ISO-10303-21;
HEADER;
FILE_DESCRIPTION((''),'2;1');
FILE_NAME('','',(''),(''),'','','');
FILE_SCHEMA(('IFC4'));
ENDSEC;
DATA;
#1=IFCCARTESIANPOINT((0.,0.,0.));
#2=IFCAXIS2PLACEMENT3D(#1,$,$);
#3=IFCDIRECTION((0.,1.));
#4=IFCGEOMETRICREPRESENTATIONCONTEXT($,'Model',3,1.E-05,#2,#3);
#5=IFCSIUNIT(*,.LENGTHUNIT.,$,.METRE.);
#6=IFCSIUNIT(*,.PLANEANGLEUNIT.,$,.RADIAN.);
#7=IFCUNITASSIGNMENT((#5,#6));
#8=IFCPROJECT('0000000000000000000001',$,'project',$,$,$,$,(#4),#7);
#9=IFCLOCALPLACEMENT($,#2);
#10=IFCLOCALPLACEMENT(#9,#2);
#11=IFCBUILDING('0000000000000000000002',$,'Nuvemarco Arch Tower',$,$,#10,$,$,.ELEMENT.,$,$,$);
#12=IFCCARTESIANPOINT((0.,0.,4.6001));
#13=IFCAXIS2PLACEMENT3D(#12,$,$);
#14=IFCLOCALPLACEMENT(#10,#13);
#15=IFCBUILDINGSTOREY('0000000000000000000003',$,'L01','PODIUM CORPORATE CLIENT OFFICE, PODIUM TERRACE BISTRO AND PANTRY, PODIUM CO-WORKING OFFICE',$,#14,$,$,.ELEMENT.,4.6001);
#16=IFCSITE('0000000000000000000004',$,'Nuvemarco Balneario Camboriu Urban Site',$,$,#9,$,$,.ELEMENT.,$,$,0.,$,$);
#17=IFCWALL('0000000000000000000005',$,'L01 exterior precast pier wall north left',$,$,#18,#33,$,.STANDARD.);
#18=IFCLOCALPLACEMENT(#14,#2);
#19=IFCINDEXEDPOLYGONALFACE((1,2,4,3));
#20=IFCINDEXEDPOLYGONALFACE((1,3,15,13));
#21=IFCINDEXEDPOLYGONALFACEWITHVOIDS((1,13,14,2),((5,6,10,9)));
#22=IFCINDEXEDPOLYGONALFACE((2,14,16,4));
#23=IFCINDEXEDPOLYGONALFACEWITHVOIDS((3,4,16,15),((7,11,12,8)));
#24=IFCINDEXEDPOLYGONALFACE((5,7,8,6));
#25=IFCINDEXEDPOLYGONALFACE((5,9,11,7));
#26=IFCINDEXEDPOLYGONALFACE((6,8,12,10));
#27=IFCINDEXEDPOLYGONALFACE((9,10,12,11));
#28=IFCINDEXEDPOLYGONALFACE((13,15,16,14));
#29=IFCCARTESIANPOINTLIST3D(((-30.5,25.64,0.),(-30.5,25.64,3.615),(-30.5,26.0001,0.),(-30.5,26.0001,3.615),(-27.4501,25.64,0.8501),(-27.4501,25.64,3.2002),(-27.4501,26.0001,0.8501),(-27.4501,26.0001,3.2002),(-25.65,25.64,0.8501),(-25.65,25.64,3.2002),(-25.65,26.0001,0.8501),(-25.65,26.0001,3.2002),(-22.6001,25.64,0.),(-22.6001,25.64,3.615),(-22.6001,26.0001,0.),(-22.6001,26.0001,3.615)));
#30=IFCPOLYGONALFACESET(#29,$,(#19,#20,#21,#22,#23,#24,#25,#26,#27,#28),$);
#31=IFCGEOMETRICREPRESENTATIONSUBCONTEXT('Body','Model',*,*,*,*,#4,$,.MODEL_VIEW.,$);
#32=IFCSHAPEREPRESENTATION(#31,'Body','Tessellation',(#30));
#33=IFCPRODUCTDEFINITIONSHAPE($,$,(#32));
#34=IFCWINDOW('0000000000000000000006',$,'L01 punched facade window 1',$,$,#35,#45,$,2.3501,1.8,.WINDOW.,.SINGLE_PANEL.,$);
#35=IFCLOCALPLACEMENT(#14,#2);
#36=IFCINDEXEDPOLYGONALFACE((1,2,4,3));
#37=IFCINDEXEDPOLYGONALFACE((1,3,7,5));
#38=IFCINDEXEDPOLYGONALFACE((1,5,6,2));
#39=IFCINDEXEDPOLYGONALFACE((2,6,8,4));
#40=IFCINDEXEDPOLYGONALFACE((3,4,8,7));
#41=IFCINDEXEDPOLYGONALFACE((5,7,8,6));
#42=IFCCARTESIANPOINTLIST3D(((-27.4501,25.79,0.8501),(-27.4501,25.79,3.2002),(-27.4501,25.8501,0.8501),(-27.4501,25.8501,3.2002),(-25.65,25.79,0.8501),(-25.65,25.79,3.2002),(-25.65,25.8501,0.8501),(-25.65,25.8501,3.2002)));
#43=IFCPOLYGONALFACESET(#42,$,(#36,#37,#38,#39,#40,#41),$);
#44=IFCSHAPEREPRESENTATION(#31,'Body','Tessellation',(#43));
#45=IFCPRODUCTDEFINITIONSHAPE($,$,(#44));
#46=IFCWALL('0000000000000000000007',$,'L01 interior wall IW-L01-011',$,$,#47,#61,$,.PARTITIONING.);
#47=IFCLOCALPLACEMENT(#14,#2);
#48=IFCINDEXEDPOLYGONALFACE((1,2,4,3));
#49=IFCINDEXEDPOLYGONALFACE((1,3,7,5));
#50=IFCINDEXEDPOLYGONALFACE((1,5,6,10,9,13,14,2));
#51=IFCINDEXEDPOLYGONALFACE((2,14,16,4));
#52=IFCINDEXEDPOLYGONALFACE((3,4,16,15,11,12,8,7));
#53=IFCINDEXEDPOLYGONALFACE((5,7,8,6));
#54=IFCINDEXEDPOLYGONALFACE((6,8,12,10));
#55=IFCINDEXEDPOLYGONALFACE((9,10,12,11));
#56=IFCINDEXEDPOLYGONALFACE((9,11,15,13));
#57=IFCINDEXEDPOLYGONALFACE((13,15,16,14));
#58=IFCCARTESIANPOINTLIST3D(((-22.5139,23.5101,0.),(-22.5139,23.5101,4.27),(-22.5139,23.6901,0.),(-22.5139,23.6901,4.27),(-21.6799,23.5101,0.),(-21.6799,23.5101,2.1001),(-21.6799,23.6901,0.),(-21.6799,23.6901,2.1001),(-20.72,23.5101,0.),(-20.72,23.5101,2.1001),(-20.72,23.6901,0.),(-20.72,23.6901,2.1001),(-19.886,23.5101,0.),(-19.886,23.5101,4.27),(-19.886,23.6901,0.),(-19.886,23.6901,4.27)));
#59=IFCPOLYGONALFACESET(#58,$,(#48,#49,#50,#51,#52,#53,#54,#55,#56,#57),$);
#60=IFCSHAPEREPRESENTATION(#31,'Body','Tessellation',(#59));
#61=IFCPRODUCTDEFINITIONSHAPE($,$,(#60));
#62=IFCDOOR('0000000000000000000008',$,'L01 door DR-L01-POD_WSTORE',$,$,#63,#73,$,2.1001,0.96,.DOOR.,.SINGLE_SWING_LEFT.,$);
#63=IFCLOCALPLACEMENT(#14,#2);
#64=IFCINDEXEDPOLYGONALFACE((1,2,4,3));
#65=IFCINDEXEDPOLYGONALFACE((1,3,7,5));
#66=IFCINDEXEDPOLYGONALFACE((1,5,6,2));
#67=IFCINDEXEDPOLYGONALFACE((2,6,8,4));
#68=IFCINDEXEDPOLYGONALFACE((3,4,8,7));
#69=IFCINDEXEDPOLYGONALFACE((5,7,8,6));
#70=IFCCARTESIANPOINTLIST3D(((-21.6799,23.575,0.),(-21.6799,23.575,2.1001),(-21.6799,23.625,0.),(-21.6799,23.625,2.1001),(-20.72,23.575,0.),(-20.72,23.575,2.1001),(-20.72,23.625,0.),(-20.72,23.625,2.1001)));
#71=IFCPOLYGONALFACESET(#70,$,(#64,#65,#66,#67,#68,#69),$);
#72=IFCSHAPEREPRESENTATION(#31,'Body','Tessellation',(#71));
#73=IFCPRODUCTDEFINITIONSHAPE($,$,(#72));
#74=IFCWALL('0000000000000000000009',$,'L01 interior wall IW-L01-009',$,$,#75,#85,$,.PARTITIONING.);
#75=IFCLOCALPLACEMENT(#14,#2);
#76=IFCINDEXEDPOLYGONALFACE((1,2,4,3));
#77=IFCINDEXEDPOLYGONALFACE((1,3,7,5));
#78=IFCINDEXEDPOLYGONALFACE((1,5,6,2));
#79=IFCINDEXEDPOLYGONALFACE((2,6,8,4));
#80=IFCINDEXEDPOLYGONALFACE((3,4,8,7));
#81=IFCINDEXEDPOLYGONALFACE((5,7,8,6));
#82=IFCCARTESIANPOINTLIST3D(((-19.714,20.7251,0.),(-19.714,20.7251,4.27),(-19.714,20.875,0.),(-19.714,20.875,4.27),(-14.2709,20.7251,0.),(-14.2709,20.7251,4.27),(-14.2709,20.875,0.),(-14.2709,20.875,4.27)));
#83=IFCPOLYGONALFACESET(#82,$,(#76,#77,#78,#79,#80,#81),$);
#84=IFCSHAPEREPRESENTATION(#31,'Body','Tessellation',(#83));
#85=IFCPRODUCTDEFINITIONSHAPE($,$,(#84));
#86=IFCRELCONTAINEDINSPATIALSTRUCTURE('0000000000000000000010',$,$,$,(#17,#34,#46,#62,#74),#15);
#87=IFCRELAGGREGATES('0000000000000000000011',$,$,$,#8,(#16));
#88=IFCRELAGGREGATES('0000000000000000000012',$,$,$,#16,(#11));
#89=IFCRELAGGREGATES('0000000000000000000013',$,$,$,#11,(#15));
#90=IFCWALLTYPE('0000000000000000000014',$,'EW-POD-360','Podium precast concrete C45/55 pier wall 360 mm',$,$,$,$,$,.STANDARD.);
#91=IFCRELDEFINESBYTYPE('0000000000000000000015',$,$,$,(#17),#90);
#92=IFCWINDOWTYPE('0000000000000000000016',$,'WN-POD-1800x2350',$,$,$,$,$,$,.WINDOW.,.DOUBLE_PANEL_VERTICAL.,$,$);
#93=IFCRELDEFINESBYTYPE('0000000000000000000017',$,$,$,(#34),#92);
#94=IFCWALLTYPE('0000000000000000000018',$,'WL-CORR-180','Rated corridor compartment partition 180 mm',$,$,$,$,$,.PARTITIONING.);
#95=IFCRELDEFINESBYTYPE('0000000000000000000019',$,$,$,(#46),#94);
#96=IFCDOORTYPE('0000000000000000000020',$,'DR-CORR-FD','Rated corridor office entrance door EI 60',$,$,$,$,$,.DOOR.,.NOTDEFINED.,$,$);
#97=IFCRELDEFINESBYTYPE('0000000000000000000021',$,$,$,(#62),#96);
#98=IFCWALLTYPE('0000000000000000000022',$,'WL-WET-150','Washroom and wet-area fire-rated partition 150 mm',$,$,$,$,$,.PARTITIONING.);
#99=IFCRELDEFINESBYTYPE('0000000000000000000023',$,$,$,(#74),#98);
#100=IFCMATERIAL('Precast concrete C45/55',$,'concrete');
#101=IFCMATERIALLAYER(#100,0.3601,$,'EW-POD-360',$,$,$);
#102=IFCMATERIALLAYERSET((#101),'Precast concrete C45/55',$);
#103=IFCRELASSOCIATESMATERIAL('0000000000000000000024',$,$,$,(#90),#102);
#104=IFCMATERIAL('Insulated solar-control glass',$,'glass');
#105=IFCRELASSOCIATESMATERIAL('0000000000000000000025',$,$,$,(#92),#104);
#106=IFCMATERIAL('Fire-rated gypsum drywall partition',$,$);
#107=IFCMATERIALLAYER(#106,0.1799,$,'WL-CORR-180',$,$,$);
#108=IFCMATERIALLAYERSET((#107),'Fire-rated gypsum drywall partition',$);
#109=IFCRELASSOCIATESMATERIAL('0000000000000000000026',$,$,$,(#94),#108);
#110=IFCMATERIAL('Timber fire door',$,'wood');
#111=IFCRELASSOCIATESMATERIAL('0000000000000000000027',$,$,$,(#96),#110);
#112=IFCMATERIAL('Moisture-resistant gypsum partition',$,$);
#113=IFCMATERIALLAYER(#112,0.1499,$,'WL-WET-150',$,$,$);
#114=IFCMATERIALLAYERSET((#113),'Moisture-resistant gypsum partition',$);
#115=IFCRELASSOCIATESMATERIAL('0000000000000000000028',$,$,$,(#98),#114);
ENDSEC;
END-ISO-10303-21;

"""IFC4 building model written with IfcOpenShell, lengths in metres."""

from ifc_helpers import new_model, si_unit, direction, frame, frame_2d, origin, place, context, subcontext, project, spatial, rectangle, extrude, source, transform, mapped, material, layer, layer_set, type_object, type_shapes, element, fill, save


model = new_model("IFC4")

# Units and contexts
model_context = context("Model", 3, precision=1e-05, world=origin(), true_north=direction((0.0, 1.0)))
body_context = subcontext(model_context, "Body", "Model", "MODEL_VIEW")
ifc_project = project(units=[si_unit("LENGTHUNIT", "METRE"), si_unit("PLANEANGLEUNIT", "RADIAN")], contexts=[model_context])

# Site, building, storey
site_placement = place(None, origin())
site = spatial("IfcSite", under=ifc_project, at=site_placement, Name="Nuvemarco Balneario Camboriu Urban Site", CompositionType="ELEMENT", RefElevation=0.0)
building_placement = place(site_placement, origin())
building = spatial("IfcBuilding", under=site, at=building_placement, Name="Nuvemarco Arch Tower", CompositionType="ELEMENT")
storey_placement = place(building_placement, frame((0.0, 0.0, 4.6001)))
storey = spatial("IfcBuildingStorey", under=building, at=storey_placement, Name="L01", Description="PODIUM CORPORATE CLIENT OFFICE, PODIUM TERRACE BISTRO AND PANTRY, PODIUM CO-WORKING OFFICE", CompositionType="ELEMENT", Elevation=4.6001)

# Shared definitions
ifc_material_1 = material(Name="Precast concrete C45/55", Category="concrete")

# Shared definitions
ifc_material_2 = material(Name="Insulated solar-control glass", Category="glass")

# Wall, opening, window
ifc_layer_1 = layer(ifc_material_1, 0.3601, Name="EW-POD-360")
ifc_layer_set_1 = layer_set([ifc_layer_1], Name="Precast concrete C45/55")
wall_type_1 = type_object("IfcWallType", Name="EW-POD-360", Description="Podium precast concrete C45/55 pier wall 360 mm", PredefinedType="STANDARD", material=ifc_layer_set_1)
wall_1_placement = place(storey_placement, frame((-30.5, 25.8201, 0.0), z_axis=(0.0, 0.0, 1.0), x_axis=(1.0, 0.0, 0.0)))
wall_1 = element("IfcWall", 1, at=wall_1_placement, inside=storey, type_object=wall_type_1, Name="L01 exterior precast pier wall north left", PredefinedType="STANDARD", context=body_context, shape_type="SweptSolid", body=[
    extrude(rectangle(XDim=7.8999, YDim=0.3601, at=frame_2d((3.95, 0.0))), origin(), (0.0, 0.0, 1.0), 3.615),
])
opening_1_placement = place(wall_1_placement, frame((3.05, 0.0, 0.8501)))
opening_1 = element("IfcOpeningElement", 2, at=opening_1_placement, cuts=wall_1, PredefinedType="OPENING", context=body_context, shape_type="SweptSolid", body=[
    extrude(rectangle(XDim=1.8, YDim=2.3501, at=frame_2d((0.8999, 1.175))), frame((0.0, 0.1899, 0.0), z_axis=(0.0, -1.0, 0.0), x_axis=(1.0, 0.0, 0.0)), (0.0, 0.0, 1.0), 0.3801),
])
window_type = type_object("IfcWindowType", Name="WN-POD-1800x2350", PartitioningType="DOUBLE_PANEL_VERTICAL", PredefinedType="WINDOW", material=ifc_material_2)
shared_shape_1 = source(origin(), body_context, "Body", "SweptSolid", [
    extrude(rectangle(XDim=1.8, YDim=2.3501, at=frame_2d((0.8999, 1.175))), frame((0.0, 0.03, 0.0), z_axis=(0.0, -1.0, 0.0), x_axis=(1.0, 0.0, 0.0)), (0.0, 0.0, 1.0), 0.0601),
])
type_shapes(window_type, [shared_shape_1])
window_placement = place(opening_1_placement, origin())
window = element("IfcWindow", 3, at=window_placement, inside=storey, type_object=window_type, Name="L01 punched facade window 1", OverallHeight=2.3501, OverallWidth=1.8, PartitioningType="SINGLE_PANEL", PredefinedType="WINDOW", context=body_context, shape_type="MappedRepresentation", body=[
    mapped(shared_shape_1, transform((0.0, 0.0, 0.0), scale=1.0)),
])
fill(opening_1, window)

# Wall, opening, door
ifc_material_3 = material(Name="Fire-rated gypsum drywall partition")
ifc_layer_2 = layer(ifc_material_3, 0.1799, Name="WL-CORR-180")
ifc_layer_set_2 = layer_set([ifc_layer_2], Name="Fire-rated gypsum drywall partition")
wall_type_2 = type_object("IfcWallType", Name="WL-CORR-180", Description="Rated corridor compartment partition 180 mm", PredefinedType="PARTITIONING", material=ifc_layer_set_2)
wall_2_placement = place(storey_placement, frame((-22.5139, 23.6001, 0.0), z_axis=(0.0, 0.0, 1.0), x_axis=(1.0, 0.0, 0.0)))
wall_2 = element("IfcWall", 4, at=wall_2_placement, inside=storey, type_object=wall_type_2, Name="L01 interior wall IW-L01-011", PredefinedType="PARTITIONING", context=body_context, shape_type="SweptSolid", body=[
    extrude(rectangle(XDim=2.6279, YDim=0.1799, at=frame_2d((1.314, 0.0))), origin(), (0.0, 0.0, 1.0), 4.27),
])
opening_2_placement = place(wall_2_placement, frame((0.834, 0.0, 0.0)))
opening_2 = element("IfcOpeningElement", 5, at=opening_2_placement, cuts=wall_2, PredefinedType="OPENING", context=body_context, shape_type="SweptSolid", body=[
    extrude(rectangle(XDim=0.96, YDim=2.1001, at=frame_2d((0.48, 1.05))), frame((0.0, 0.0999, 0.0), z_axis=(0.0, -1.0, 0.0), x_axis=(1.0, 0.0, 0.0)), (0.0, 0.0, 1.0), 0.2),
])
ifc_material_4 = material(Name="Timber fire door", Category="wood")
door_type = type_object("IfcDoorType", Name="DR-CORR-FD", Description="Rated corridor office entrance door EI 60", OperationType="NOTDEFINED", PredefinedType="DOOR", material=ifc_material_4)
shared_shape_2 = source(origin(), body_context, "Body", "SweptSolid", [
    extrude(rectangle(XDim=0.96, YDim=2.1001, at=frame_2d((0.48, 1.05))), frame((0.0, 0.0249, 0.0), z_axis=(0.0, -1.0, 0.0), x_axis=(1.0, 0.0, 0.0)), (0.0, 0.0, 1.0), 0.05),
])
type_shapes(door_type, [shared_shape_2])
door_placement = place(opening_2_placement, origin())
door = element("IfcDoor", 6, at=door_placement, inside=storey, type_object=door_type, Name="L01 door DR-L01-POD_WSTORE", OperationType="SINGLE_SWING_LEFT", OverallHeight=2.1001, OverallWidth=0.96, PredefinedType="DOOR", context=body_context, shape_type="MappedRepresentation", body=[
    mapped(shared_shape_2, transform((0.0, 0.0, 0.0), scale=1.0)),
])
fill(opening_2, door)

# Wall
ifc_material_5 = material(Name="Moisture-resistant gypsum partition")
ifc_layer_3 = layer(ifc_material_5, 0.1499, Name="WL-WET-150")
ifc_layer_set_3 = layer_set([ifc_layer_3], Name="Moisture-resistant gypsum partition")
wall_type_3 = type_object("IfcWallType", Name="WL-WET-150", Description="Washroom and wet-area fire-rated partition 150 mm", PredefinedType="PARTITIONING", material=ifc_layer_set_3)
wall_3_placement = place(storey_placement, frame((-19.7141, 20.8, 0.0), z_axis=(0.0, 0.0, 1.0), x_axis=(1.0, 0.0, 0.0)))
element("IfcWall", 7, at=wall_3_placement, inside=storey, type_object=wall_type_3, Name="L01 interior wall IW-L01-009", PredefinedType="PARTITIONING", context=body_context, shape_type="SweptSolid", body=[
    extrude(rectangle(XDim=5.4431, YDim=0.1499, at=frame_2d((2.7217, 0.0))), origin(), (0.0, 0.0, 1.0), 4.27),
])

save(model, "model.ifc")
